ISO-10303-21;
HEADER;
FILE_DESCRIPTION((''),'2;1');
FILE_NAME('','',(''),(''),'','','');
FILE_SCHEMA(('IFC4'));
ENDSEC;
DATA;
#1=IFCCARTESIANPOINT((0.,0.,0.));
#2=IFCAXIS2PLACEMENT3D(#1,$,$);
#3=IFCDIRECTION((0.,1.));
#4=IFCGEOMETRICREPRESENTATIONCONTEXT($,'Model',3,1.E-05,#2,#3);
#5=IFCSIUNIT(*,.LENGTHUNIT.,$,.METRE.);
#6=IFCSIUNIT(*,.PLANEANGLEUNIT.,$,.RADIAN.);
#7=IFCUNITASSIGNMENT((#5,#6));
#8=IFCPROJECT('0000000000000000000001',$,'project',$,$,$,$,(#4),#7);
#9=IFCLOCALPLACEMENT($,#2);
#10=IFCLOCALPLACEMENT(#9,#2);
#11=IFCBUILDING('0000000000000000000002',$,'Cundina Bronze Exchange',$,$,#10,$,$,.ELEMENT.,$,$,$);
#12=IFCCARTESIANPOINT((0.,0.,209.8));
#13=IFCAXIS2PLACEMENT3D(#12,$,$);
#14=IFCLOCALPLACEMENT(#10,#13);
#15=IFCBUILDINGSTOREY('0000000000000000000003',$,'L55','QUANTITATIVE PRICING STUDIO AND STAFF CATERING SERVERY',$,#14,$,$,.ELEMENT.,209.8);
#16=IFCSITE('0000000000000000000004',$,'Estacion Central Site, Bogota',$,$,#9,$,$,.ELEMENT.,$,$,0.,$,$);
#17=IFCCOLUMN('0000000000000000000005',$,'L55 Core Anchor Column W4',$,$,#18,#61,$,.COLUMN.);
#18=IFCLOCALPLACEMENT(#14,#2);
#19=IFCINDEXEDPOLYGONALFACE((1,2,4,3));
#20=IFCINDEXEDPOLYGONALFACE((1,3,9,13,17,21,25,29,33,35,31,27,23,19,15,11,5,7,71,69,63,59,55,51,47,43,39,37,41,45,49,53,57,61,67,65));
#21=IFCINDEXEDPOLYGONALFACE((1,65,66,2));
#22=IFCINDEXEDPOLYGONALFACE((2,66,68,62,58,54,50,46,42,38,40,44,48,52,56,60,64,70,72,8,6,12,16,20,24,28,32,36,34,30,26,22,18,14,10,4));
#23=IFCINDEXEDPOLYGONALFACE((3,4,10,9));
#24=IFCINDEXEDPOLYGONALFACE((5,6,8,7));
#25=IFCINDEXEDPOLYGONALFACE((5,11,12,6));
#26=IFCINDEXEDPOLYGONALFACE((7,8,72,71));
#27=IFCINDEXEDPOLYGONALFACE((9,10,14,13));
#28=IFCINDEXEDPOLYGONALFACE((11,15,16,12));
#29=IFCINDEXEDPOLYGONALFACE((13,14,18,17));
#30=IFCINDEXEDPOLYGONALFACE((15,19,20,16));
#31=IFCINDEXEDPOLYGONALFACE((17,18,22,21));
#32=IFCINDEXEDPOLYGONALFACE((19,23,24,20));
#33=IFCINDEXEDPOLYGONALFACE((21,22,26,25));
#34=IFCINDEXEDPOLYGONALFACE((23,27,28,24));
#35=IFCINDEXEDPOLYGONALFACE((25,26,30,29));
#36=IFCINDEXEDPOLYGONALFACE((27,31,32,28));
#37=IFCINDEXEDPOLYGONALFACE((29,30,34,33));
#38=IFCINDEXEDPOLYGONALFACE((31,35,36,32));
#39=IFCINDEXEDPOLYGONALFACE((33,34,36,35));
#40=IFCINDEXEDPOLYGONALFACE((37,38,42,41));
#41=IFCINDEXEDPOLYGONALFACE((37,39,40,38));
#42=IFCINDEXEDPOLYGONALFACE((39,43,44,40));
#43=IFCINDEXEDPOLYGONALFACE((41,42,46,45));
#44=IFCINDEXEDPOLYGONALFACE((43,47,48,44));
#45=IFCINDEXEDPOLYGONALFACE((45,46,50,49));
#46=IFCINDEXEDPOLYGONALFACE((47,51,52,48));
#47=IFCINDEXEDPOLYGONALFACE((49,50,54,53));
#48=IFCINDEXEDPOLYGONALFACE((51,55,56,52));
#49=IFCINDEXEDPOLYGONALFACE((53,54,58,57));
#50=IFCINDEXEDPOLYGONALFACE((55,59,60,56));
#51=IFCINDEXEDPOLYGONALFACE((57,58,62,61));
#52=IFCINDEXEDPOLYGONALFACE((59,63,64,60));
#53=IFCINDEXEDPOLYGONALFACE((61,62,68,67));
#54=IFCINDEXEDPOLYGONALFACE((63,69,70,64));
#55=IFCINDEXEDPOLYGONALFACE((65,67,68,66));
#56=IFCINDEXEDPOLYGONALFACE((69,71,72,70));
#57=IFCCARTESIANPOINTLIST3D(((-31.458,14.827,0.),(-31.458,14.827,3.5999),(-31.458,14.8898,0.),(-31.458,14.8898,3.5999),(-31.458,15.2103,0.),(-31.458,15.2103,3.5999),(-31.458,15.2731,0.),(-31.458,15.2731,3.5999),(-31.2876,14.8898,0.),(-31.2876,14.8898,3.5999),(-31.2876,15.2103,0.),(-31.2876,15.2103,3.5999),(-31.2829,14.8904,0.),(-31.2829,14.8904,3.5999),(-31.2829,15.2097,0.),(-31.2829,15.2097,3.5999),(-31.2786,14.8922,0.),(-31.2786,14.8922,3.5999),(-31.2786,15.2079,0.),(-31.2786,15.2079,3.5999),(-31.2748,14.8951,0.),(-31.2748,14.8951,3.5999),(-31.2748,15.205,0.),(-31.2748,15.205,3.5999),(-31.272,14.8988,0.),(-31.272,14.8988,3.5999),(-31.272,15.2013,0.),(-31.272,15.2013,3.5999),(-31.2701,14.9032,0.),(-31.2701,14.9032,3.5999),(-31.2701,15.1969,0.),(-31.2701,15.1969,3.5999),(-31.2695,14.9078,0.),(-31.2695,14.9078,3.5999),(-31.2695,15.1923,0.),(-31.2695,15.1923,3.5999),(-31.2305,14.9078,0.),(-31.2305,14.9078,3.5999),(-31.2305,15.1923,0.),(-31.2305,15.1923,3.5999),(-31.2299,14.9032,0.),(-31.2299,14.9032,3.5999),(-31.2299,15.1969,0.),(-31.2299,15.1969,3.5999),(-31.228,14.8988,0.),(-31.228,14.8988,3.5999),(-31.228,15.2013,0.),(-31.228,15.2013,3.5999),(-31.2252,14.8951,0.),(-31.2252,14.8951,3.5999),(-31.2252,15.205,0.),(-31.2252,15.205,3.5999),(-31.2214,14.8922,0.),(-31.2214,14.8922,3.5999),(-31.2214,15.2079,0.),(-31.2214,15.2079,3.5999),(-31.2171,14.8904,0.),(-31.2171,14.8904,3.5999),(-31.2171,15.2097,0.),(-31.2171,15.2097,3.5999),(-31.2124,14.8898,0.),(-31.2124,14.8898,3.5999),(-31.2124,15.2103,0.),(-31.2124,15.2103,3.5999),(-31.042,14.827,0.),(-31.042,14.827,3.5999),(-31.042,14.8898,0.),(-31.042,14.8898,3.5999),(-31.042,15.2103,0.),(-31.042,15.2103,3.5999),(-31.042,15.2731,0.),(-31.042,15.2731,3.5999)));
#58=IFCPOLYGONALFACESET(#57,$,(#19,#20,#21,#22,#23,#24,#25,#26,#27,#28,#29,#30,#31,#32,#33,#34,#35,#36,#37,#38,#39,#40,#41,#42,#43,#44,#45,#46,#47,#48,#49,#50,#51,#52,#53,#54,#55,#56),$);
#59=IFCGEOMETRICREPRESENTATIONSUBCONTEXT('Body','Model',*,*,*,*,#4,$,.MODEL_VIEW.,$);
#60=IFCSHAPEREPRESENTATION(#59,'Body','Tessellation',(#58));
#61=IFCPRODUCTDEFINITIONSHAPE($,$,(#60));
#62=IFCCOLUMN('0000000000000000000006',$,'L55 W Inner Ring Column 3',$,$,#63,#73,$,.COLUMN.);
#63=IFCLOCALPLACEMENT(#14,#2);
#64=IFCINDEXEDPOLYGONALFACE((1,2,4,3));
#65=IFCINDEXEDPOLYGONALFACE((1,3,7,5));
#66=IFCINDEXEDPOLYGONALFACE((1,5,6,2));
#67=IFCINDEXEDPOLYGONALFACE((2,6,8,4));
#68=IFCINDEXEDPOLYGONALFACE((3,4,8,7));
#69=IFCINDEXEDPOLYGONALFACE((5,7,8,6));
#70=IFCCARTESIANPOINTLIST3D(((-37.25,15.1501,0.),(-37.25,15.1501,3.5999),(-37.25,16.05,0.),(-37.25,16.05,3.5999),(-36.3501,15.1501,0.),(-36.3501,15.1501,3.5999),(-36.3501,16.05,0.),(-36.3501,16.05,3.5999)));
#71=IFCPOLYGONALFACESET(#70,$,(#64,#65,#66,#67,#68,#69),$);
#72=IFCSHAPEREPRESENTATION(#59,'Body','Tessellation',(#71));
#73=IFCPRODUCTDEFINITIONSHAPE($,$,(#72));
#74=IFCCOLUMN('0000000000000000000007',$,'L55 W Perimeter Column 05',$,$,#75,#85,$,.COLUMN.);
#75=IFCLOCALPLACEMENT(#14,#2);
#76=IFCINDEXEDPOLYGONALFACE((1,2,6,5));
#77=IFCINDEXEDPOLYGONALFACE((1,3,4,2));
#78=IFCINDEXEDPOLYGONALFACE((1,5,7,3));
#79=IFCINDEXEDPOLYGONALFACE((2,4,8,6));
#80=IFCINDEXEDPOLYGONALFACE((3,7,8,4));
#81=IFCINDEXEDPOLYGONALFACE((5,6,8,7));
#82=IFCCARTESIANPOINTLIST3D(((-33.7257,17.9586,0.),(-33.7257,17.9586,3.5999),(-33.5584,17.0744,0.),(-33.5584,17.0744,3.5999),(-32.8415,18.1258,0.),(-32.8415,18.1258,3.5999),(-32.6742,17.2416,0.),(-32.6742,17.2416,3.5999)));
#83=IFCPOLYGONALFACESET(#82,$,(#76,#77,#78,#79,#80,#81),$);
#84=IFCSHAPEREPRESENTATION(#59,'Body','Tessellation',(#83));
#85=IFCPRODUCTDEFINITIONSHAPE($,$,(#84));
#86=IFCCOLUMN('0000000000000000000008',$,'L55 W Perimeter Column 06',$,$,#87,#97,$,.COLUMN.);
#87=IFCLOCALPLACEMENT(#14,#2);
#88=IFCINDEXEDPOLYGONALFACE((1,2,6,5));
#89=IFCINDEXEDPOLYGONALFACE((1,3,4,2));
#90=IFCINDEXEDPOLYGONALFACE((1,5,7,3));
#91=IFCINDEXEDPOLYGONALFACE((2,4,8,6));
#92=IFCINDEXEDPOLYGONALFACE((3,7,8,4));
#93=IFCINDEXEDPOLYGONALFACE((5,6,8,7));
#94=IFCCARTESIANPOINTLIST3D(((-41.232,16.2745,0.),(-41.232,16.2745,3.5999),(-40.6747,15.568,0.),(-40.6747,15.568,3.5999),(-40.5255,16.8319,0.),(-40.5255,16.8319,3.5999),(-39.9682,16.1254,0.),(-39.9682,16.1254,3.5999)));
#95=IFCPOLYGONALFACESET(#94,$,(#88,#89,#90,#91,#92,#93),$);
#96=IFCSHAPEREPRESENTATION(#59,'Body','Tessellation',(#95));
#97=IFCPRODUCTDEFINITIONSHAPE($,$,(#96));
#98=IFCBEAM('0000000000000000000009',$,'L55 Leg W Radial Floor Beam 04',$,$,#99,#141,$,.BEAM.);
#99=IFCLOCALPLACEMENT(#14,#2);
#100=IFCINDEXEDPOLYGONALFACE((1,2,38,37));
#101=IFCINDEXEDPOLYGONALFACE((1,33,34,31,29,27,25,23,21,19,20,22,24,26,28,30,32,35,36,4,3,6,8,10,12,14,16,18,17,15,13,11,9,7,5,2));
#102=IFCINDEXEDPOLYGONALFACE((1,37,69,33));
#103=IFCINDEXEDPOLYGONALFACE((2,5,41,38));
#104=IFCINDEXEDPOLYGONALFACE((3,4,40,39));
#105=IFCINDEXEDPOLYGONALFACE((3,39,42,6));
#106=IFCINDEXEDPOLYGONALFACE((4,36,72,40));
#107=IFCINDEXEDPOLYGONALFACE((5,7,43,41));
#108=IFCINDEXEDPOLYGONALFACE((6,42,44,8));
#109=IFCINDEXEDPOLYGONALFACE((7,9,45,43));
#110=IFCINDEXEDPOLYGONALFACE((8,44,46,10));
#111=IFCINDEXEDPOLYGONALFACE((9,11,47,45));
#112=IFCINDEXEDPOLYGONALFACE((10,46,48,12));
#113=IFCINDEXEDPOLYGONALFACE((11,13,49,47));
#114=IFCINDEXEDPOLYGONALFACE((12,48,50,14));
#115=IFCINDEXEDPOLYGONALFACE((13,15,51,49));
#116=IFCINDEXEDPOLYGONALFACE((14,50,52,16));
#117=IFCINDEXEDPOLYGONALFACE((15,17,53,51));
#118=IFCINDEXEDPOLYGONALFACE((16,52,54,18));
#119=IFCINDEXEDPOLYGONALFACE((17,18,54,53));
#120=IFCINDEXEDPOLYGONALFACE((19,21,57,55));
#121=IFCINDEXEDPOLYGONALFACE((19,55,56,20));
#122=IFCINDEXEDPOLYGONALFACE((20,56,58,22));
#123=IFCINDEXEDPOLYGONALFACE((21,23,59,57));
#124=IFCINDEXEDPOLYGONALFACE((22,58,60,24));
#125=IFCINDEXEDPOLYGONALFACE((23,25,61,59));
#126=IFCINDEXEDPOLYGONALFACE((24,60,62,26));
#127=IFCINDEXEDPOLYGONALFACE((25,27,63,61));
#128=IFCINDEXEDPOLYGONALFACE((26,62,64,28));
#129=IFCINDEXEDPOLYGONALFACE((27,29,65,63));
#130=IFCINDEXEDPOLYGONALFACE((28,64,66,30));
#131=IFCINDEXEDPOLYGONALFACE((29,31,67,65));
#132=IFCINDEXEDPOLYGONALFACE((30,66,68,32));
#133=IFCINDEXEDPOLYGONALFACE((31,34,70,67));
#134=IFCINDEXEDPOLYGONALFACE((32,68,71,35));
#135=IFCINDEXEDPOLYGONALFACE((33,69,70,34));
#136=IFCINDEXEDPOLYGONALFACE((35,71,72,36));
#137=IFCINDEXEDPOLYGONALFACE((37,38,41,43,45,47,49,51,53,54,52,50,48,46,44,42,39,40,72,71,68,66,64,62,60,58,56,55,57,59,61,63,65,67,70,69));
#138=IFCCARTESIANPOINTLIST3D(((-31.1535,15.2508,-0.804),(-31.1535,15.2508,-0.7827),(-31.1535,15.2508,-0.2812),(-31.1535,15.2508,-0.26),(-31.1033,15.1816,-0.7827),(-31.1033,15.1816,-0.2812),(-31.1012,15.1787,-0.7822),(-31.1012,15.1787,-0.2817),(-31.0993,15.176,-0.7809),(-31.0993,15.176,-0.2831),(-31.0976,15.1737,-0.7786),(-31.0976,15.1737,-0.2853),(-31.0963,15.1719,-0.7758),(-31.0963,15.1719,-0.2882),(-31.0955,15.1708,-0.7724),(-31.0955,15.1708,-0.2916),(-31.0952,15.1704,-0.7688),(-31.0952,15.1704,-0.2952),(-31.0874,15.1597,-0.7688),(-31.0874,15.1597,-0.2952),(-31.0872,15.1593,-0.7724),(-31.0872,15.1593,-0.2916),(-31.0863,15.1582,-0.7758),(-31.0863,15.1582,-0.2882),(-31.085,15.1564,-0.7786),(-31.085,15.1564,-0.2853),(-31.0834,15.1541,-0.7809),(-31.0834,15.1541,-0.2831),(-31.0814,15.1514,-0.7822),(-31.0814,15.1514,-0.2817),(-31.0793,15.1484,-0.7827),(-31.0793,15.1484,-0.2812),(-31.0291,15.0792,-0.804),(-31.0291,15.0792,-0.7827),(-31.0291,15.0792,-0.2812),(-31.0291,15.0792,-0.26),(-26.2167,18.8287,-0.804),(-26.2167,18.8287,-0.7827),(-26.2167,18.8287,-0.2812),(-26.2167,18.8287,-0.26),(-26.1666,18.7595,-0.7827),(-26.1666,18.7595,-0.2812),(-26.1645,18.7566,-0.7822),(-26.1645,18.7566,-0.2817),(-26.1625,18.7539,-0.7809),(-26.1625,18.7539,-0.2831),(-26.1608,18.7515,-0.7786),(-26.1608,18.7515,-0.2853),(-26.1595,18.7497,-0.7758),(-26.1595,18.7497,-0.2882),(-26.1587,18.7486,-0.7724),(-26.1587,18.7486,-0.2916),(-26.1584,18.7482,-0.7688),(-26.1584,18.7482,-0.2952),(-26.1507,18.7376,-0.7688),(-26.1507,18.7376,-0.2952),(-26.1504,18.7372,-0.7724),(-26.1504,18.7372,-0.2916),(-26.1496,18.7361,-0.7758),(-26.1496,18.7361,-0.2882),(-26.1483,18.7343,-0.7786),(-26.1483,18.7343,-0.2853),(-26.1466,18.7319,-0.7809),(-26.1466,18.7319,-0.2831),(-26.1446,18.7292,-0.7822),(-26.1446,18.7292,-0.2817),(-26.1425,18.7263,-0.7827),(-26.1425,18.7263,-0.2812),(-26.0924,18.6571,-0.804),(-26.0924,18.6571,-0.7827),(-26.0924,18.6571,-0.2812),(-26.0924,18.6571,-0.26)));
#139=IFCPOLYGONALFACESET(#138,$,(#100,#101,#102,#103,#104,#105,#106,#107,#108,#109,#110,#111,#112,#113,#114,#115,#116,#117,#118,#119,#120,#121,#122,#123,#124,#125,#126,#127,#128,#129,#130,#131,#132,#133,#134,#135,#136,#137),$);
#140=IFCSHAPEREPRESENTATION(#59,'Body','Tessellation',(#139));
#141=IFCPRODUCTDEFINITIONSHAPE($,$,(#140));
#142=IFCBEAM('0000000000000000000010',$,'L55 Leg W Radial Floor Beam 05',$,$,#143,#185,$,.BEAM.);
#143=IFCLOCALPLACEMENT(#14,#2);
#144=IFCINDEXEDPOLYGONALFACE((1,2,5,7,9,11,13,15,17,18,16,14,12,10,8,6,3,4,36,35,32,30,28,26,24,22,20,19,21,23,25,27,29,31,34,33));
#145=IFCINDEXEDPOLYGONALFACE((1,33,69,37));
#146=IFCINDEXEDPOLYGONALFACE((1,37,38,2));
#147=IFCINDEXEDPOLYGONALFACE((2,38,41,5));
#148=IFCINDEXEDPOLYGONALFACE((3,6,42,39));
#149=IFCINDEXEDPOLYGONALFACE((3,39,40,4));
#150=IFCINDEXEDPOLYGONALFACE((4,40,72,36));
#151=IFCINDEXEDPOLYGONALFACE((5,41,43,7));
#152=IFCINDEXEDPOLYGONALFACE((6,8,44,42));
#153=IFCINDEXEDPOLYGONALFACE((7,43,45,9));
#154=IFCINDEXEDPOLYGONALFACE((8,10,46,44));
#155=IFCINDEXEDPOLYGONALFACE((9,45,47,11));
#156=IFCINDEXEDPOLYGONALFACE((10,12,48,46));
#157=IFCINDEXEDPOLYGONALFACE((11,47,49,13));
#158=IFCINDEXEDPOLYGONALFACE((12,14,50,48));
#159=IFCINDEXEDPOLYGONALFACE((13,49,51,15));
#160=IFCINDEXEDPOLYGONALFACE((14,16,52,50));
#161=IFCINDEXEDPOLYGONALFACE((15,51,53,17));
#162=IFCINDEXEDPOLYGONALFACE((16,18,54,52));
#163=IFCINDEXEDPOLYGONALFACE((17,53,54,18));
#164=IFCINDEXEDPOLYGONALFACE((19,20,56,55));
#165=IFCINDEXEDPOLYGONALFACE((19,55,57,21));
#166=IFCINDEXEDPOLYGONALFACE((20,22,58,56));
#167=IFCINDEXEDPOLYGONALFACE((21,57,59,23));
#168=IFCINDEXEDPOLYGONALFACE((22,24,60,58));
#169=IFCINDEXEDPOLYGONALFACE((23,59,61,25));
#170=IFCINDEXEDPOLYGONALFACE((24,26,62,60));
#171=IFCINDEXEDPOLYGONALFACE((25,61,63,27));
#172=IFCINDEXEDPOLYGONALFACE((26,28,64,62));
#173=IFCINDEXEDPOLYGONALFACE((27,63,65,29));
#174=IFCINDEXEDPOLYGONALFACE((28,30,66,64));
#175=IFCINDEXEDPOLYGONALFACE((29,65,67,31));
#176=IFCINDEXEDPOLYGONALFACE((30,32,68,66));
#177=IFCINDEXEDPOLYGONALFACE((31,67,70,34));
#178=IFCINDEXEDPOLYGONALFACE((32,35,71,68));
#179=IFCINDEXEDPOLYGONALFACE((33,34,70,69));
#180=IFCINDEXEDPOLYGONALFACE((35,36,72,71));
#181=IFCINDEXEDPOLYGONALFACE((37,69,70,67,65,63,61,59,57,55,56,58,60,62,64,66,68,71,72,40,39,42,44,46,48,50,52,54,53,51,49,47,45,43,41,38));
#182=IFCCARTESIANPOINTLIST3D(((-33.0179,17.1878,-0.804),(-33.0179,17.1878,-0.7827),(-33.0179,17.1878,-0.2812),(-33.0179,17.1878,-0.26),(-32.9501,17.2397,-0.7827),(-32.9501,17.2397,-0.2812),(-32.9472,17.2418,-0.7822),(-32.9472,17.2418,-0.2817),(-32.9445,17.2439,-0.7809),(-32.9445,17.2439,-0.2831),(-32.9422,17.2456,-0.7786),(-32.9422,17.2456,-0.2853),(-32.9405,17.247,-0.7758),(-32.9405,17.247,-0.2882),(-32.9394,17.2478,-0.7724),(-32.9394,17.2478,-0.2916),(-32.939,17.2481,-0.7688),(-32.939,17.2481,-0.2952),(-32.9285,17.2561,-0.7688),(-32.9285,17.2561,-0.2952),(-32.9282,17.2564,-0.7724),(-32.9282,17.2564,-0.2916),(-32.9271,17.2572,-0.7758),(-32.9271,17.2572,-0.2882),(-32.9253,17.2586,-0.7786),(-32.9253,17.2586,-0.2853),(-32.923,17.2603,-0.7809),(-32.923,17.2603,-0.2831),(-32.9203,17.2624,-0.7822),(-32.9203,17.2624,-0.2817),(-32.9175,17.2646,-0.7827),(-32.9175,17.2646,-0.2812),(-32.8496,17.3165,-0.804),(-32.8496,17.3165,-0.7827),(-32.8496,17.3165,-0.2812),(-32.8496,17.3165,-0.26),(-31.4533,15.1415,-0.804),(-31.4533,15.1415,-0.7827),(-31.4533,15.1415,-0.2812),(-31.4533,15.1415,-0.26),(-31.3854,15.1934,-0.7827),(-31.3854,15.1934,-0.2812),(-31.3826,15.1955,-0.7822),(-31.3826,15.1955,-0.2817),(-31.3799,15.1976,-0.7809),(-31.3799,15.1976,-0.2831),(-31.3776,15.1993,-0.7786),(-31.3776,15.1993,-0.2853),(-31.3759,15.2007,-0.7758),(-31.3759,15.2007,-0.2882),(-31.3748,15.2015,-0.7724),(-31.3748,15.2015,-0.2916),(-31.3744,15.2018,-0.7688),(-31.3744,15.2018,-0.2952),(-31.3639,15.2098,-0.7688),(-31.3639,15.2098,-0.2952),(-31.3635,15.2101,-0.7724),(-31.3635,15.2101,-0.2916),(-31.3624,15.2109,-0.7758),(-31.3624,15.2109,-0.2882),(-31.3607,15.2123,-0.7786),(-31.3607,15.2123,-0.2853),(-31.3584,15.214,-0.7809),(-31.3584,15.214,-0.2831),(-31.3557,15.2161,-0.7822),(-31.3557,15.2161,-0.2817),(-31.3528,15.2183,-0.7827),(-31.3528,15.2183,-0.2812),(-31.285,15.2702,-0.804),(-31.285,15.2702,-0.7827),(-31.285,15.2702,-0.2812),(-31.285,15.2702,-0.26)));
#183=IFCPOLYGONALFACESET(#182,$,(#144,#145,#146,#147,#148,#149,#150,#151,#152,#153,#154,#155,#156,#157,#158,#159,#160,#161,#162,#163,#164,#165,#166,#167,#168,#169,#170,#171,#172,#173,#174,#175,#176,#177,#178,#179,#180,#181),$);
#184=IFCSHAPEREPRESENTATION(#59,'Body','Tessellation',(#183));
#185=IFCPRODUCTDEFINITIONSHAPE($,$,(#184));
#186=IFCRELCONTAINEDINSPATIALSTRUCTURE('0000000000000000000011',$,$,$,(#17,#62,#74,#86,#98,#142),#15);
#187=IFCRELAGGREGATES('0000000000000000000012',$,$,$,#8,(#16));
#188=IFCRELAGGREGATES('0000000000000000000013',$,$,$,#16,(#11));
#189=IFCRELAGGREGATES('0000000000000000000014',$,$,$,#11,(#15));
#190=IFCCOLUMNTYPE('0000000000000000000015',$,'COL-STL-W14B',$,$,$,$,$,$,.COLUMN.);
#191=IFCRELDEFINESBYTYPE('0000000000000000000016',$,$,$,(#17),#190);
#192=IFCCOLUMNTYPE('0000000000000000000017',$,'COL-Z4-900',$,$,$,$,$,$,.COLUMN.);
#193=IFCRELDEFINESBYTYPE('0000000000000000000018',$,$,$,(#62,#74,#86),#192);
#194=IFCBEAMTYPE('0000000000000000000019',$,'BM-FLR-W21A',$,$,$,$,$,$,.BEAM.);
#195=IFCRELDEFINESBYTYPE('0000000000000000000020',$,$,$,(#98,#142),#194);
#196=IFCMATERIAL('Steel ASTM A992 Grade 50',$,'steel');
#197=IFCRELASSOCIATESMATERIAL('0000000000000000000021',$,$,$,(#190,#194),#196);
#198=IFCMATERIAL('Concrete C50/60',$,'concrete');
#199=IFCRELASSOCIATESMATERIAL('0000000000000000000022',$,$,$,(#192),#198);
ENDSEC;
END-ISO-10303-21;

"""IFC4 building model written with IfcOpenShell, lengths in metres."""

from ifc_helpers import new_model, si_unit, direction, frame, origin, origin_2d, place, context, subcontext, project, spatial, rectangle, i_section, extrude, material, material_profile, profile_set, type_object, element, save


model = new_model("IFC4")

# Units and contexts
model_context = context("Model", 3, precision=1e-05, world=origin(), true_north=direction((0.0, 1.0)))
body_context = subcontext(model_context, "Body", "Model", "MODEL_VIEW")
ifc_project = project(units=[si_unit("LENGTHUNIT", "METRE"), si_unit("PLANEANGLEUNIT", "RADIAN")], contexts=[model_context])

# Site, building, storey
site_placement = place(None, origin())
site = spatial("IfcSite", under=ifc_project, at=site_placement, Name="Estacion Central Site, Bogota", CompositionType="ELEMENT", RefElevation=0.0)
building_placement = place(site_placement, origin())
building = spatial("IfcBuilding", under=site, at=building_placement, Name="Cundina Bronze Exchange", CompositionType="ELEMENT")
storey_placement = place(building_placement, frame((0.0, 0.0, 209.8)))
storey = spatial("IfcBuildingStorey", under=building, at=storey_placement, Name="L55", Description="QUANTITATIVE PRICING STUDIO AND STAFF CATERING SERVERY", CompositionType="ELEMENT", Elevation=209.8)

# Columns
ifc_material_1 = material(Name="Steel ASTM A992 Grade 50", Category="steel")
ifc_material_profile_1 = material_profile(ifc_material_1, i_section(OverallWidth=0.416, OverallDepth=0.446, WebThickness=0.0391, FlangeThickness=0.0627, FilletRadius=0.0181, at=origin_2d()), Name="W14X342", Category="steel")
ifc_profile_set_1 = profile_set([ifc_material_profile_1], Name="Steel ASTM A992 Grade 50")
column_type_1 = type_object("IfcColumnType", Name="COL-STL-W14B", PredefinedType="COLUMN", material=ifc_profile_set_1)
column_placement = place(storey_placement, frame((-31.25, 15.05, 0.0), z_axis=(0.0, 0.0, 1.0), x_axis=(1.0, 0.0, 0.0)))
element("IfcColumn", 1, at=column_placement, inside=storey, type_object=column_type_1, Name="L55 Core Anchor Column W4", PredefinedType="COLUMN", context=body_context, shape_type="SweptSolid", body=[
    extrude(i_section(OverallWidth=0.416, OverallDepth=0.446, WebThickness=0.0391, FlangeThickness=0.0627, FilletRadius=0.0181, at=origin_2d()), origin(), (0.0, 0.0, 1.0), 3.5999),
])
ifc_material_2 = material(Name="Concrete C50/60", Category="concrete")
ifc_material_profile_2 = material_profile(ifc_material_2, rectangle(XDim=0.8999, YDim=0.8999, at=origin_2d()), Name="RC900X900", Category="concrete")
ifc_profile_set_2 = profile_set([ifc_material_profile_2], Name="Concrete C50/60")
column_type_2 = type_object("IfcColumnType", Name="COL-Z4-900", PredefinedType="COLUMN", material=ifc_profile_set_2)
for number, where, z_axis, x_axis, name in (
    (2, (-36.8, 15.6001, 0.0), (0.0, 0.0, 1.0), (1.0, 0.0, 0.0), "L55 W Inner Ring Column 3"),
    (3, (-33.2, 17.6001, 0.0), (0.0, 0.0, 1.0), (-0.98258, -0.185838, 0.0), "L55 W Perimeter Column 05"),
    (4, (-40.6001, 16.2, 0.0), (0.0, 0.0, 1.0), (-0.785101, -0.619368, 0.0), "L55 W Perimeter Column 06"),
):
    element("IfcColumn", number, at=place(storey_placement, frame(where, z_axis=z_axis, x_axis=x_axis)), inside=storey, type_object=column_type_2, Name=name, PredefinedType="COLUMN", context=body_context, shape_type="SweptSolid", body=[
        extrude(rectangle(XDim=0.8999, YDim=0.8999, at=origin_2d()), origin(), (0.0, 0.0, 1.0), 3.5999),
    ])

# Beams
ifc_material_profile_3 = material_profile(ifc_material_1, i_section(OverallWidth=0.2119, OverallDepth=0.5439, WebThickness=0.0132, FlangeThickness=0.0212, FilletRadius=0.0139, at=origin_2d()), Name="W21X83", Category="steel")
ifc_profile_set_3 = profile_set([ifc_material_profile_3], Name="Steel ASTM A992 Grade 50")
beam_type_1 = type_object("IfcBeamType", Name="BM-FLR-W21A", PredefinedType="BEAM", material=ifc_profile_set_3)
beam_1_placement = place(storey_placement, frame((-31.0913, 15.165, -0.532), z_axis=(0.80971, 0.58683, 0.0), x_axis=(-0.58683, 0.80971, 0.0)))
element("IfcBeam", 5, at=beam_1_placement, inside=storey, type_object=beam_type_1, Name="L55 Leg W Radial Floor Beam 04", PredefinedType="BEAM", context=body_context, shape_type="SweptSolid", body=[
    extrude(i_section(OverallWidth=0.2119, OverallDepth=0.5439, WebThickness=0.0132, FlangeThickness=0.0212, FilletRadius=0.0139, at=origin_2d()), origin(), (0.0, 0.0, 1.0), 6.0969),
])
beam_2_placement = place(storey_placement, frame((-31.3691, 15.2058, -0.532), z_axis=(-0.607404, 0.794393, 0.0), x_axis=(-0.794393, -0.607404, 0.0)))
element("IfcBeam", 6, at=beam_2_placement, inside=storey, type_object=beam_type_1, Name="L55 Leg W Radial Floor Beam 05", PredefinedType="BEAM", context=body_context, shape_type="SweptSolid", body=[
    extrude(i_section(OverallWidth=0.2119, OverallDepth=0.5439, WebThickness=0.0132, FlangeThickness=0.0212, FilletRadius=0.0139, at=origin_2d()), origin(), (0.0, 0.0, 1.0), 2.5759),
])

save(model, "model.ifc")
